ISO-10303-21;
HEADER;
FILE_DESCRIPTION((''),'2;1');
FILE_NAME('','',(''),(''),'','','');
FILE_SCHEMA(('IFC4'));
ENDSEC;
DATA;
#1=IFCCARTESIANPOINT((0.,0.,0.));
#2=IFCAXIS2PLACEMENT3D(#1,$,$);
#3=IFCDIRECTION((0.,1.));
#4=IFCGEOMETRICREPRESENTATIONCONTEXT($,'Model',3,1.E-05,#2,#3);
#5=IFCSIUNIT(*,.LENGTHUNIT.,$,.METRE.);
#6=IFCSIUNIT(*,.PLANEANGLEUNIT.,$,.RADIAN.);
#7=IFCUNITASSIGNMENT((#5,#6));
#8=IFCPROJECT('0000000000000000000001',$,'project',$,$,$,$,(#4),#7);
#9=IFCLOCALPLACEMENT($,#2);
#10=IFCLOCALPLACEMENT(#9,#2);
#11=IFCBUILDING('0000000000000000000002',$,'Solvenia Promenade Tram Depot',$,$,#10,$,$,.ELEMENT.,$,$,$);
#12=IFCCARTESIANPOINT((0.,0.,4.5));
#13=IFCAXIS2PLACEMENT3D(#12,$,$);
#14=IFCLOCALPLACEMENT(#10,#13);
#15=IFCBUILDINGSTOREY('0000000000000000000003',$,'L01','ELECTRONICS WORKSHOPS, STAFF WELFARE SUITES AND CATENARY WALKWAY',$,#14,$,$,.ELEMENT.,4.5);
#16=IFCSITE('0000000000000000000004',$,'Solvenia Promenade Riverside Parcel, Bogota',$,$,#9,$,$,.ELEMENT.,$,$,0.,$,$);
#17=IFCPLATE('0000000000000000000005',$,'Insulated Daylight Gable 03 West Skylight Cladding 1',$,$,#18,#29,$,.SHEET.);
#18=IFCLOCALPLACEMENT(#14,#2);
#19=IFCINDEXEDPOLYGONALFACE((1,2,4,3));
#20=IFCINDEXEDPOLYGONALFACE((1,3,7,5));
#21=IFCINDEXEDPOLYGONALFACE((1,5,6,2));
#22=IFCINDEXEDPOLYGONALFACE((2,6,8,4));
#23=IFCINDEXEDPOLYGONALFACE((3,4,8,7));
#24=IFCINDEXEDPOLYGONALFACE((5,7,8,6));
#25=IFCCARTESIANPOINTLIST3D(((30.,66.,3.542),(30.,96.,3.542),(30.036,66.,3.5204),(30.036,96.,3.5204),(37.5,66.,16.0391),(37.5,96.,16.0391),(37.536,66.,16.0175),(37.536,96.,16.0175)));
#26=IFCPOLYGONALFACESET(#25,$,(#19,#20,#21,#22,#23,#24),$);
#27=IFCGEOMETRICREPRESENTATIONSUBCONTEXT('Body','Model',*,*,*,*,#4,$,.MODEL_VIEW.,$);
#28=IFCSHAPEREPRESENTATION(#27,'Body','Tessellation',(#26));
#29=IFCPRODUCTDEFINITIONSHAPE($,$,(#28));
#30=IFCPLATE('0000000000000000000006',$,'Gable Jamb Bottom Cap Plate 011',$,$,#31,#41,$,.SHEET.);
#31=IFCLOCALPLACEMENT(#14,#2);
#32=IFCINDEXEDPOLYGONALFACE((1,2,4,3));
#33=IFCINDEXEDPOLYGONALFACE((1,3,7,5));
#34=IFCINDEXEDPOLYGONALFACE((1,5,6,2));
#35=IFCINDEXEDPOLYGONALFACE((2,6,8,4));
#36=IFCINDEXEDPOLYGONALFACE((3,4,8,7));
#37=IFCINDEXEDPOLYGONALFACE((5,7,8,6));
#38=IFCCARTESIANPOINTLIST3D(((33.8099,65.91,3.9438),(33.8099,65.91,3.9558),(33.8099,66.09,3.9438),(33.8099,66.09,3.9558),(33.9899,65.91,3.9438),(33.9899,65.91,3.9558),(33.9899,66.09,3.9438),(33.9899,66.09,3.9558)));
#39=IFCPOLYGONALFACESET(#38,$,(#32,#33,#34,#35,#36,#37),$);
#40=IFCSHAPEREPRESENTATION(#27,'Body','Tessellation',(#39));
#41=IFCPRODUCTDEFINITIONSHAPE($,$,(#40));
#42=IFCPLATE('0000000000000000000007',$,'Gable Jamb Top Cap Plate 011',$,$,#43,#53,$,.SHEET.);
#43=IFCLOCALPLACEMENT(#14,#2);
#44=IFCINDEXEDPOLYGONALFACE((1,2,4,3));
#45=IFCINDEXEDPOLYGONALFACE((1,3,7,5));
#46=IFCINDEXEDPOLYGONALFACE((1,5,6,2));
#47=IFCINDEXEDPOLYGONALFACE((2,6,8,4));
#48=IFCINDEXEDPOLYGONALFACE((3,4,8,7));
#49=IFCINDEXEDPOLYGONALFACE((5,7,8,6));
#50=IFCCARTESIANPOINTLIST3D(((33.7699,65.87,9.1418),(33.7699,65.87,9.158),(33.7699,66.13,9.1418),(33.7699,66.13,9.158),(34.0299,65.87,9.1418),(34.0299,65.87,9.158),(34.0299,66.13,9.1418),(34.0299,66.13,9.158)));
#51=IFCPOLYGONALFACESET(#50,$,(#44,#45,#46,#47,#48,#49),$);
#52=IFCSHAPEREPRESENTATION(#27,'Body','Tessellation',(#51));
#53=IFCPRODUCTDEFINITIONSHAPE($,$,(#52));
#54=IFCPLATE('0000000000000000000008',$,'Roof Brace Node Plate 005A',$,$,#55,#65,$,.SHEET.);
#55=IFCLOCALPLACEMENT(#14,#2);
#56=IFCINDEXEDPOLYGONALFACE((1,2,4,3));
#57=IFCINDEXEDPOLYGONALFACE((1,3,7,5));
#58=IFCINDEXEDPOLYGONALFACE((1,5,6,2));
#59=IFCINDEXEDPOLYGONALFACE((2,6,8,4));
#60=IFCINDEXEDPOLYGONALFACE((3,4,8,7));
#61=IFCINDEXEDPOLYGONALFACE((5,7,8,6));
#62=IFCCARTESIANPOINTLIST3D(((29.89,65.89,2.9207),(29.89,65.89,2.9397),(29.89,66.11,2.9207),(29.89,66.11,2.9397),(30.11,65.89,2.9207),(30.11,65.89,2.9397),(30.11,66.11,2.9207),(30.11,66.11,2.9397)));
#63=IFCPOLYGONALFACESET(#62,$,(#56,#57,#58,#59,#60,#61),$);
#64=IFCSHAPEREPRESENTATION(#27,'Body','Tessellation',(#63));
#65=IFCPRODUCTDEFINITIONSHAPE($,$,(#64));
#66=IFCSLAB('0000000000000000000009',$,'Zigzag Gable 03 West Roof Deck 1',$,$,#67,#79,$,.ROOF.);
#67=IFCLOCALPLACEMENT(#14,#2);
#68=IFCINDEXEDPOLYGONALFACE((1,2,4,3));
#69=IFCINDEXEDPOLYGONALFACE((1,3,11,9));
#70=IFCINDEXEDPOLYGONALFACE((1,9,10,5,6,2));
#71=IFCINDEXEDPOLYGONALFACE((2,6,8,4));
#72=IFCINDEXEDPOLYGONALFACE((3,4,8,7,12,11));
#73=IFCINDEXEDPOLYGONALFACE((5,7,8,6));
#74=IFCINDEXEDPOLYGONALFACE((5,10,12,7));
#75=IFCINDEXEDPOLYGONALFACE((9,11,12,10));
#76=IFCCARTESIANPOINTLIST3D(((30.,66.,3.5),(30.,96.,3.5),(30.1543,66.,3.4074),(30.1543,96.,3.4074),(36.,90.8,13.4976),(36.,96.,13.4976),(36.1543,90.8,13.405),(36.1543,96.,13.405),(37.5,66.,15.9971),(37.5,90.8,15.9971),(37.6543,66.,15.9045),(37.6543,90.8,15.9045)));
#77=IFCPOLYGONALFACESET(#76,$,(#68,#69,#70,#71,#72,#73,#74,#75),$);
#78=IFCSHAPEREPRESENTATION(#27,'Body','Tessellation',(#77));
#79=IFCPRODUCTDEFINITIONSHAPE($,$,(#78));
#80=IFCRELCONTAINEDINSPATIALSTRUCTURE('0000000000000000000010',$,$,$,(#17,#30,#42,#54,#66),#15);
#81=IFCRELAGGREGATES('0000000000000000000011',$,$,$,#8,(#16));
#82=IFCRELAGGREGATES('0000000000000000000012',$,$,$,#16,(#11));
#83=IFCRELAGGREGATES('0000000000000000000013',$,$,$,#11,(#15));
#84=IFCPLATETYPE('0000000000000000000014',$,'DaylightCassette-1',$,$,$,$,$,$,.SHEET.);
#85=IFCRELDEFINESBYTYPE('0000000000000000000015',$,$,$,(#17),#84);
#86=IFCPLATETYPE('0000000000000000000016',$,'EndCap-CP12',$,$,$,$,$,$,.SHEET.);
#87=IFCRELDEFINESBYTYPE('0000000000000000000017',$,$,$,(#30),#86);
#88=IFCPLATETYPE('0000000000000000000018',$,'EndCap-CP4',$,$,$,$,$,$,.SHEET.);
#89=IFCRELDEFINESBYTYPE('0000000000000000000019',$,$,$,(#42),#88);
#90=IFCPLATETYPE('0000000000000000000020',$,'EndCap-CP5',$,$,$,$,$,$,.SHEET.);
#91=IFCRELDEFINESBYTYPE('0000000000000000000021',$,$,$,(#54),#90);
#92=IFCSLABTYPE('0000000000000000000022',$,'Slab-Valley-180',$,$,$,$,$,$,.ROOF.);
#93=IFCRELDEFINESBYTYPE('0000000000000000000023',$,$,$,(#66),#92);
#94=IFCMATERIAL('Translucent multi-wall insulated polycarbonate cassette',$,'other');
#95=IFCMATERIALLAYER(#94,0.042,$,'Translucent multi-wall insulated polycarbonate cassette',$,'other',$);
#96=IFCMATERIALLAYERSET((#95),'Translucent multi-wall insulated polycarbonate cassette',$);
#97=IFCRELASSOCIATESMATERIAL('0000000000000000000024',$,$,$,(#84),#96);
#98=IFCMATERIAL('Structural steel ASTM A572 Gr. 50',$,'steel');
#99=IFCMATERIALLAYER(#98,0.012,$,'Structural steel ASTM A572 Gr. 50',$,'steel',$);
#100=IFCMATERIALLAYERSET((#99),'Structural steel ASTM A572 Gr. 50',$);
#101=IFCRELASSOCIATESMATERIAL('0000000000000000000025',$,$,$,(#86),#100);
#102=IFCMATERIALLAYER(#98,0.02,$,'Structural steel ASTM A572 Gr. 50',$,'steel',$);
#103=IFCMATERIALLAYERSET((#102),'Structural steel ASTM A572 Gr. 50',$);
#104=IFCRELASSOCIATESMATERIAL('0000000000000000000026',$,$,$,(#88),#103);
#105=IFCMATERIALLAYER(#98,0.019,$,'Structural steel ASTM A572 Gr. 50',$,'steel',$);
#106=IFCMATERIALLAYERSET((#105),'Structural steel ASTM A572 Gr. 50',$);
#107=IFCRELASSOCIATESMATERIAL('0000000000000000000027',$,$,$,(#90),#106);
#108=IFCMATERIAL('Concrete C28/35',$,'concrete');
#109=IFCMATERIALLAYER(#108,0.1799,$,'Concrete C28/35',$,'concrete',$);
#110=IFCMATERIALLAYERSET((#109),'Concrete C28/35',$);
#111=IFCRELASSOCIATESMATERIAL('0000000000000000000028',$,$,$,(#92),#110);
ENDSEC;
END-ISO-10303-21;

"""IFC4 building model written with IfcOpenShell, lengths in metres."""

from ifc_helpers import new_model, si_unit, direction, frame, origin, origin_2d, place, context, subcontext, project, spatial, polyline, rectangle, outline, extrude, material, layer, layer_set, type_object, element, save


model = new_model("IFC4")

# Units and contexts
model_context = context("Model", 3, precision=1e-05, world=origin(), true_north=direction((0.0, 1.0)))
body_context = subcontext(model_context, "Body", "Model", "MODEL_VIEW")
ifc_project = project(units=[si_unit("LENGTHUNIT", "METRE"), si_unit("PLANEANGLEUNIT", "RADIAN")], contexts=[model_context])

# Site, building, storey
site_placement = place(None, origin())
site = spatial("IfcSite", under=ifc_project, at=site_placement, Name="Solvenia Promenade Riverside Parcel, Bogota", CompositionType="ELEMENT", RefElevation=0.0)
building_placement = place(site_placement, origin())
building = spatial("IfcBuilding", under=site, at=building_placement, Name="Solvenia Promenade Tram Depot", CompositionType="ELEMENT")
storey_placement = place(building_placement, frame((0.0, 0.0, 4.5)))
storey = spatial("IfcBuildingStorey", under=building, at=storey_placement, Name="L01", Description="ELECTRONICS WORKSHOPS, STAFF WELFARE SUITES AND CATENARY WALKWAY", CompositionType="ELEMENT", Elevation=4.5)

# Plates
ifc_material_1 = material(Name="Translucent multi-wall insulated polycarbonate cassette", Category="other")
ifc_layer_1 = layer(ifc_material_1, 0.042, Name="Translucent multi-wall insulated polycarbonate cassette", Category="other")
ifc_layer_set_1 = layer_set([ifc_layer_1], Name="Translucent multi-wall insulated polycarbonate cassette")
plate_type_1 = type_object("IfcPlateType", Name="DaylightCassette-1", PredefinedType="SHEET", material=ifc_layer_set_1)
plate_1_placement = place(storey_placement, frame((30.0, 66.0, 3.542), z_axis=(-0.85744, 0.0, 0.514584), x_axis=(0.0, 1.0, 0.0)))
element("IfcPlate", 1, at=plate_1_placement, inside=storey, type_object=plate_type_1, Name="Insulated Daylight Gable 03 West Skylight Cladding 1", PredefinedType="SHEET", context=body_context, shape_type="SweptSolid", body=[
    extrude(outline(polyline([(0.0, 0.0), (30.0, 0.0), (30.0, -14.5749), (0.0, -14.5749), (0.0, 0.0)])), origin(), (0.0, 0.0, -1.0), 0.042),
])
ifc_material_2 = material(Name="Structural steel ASTM A572 Gr. 50", Category="steel")
ifc_layer_2 = layer(ifc_material_2, 0.012, Name="Structural steel ASTM A572 Gr. 50", Category="steel")
ifc_layer_set_2 = layer_set([ifc_layer_2], Name="Structural steel ASTM A572 Gr. 50")
plate_type_2 = type_object("IfcPlateType", Name="EndCap-CP12", PredefinedType="SHEET", material=ifc_layer_set_2)
plate_2_placement = place(storey_placement, frame((33.8999, 66.0, 3.9438), z_axis=(0.0, 0.0, 1.0), x_axis=(1.0, 0.0, 0.0)))
element("IfcPlate", 2, at=plate_2_placement, inside=storey, type_object=plate_type_2, Name="Gable Jamb Bottom Cap Plate 011", PredefinedType="SHEET", context=body_context, shape_type="SweptSolid", body=[
    extrude(rectangle(XDim=0.1799, YDim=0.1799, at=origin_2d()), origin(), (0.0, 0.0, 1.0), 0.012),
])
ifc_layer_3 = layer(ifc_material_2, 0.02, Name="Structural steel ASTM A572 Gr. 50", Category="steel")
ifc_layer_set_3 = layer_set([ifc_layer_3], Name="Structural steel ASTM A572 Gr. 50")
plate_type_3 = type_object("IfcPlateType", Name="EndCap-CP4", PredefinedType="SHEET", material=ifc_layer_set_3)
plate_3_placement = place(storey_placement, frame((33.8999, 66.0, 9.1418), z_axis=(0.0, 0.0, 1.0), x_axis=(1.0, 0.0, 0.0)))
element("IfcPlate", 3, at=plate_3_placement, inside=storey, type_object=plate_type_3, Name="Gable Jamb Top Cap Plate 011", PredefinedType="SHEET", context=body_context, shape_type="SweptSolid", body=[
    extrude(rectangle(XDim=0.26, YDim=0.26, at=origin_2d()), origin(), (0.0, 0.0, 1.0), 0.0161),
])
ifc_layer_4 = layer(ifc_material_2, 0.019, Name="Structural steel ASTM A572 Gr. 50", Category="steel")
ifc_layer_set_4 = layer_set([ifc_layer_4], Name="Structural steel ASTM A572 Gr. 50")
plate_type_4 = type_object("IfcPlateType", Name="EndCap-CP5", PredefinedType="SHEET", material=ifc_layer_set_4)
plate_4_placement = place(storey_placement, frame((30.0, 66.0, 2.9207), z_axis=(0.0, 0.0, 1.0), x_axis=(1.0, 0.0, 0.0)))
element("IfcPlate", 4, at=plate_4_placement, inside=storey, type_object=plate_type_4, Name="Roof Brace Node Plate 005A", PredefinedType="SHEET", context=body_context, shape_type="SweptSolid", body=[
    extrude(rectangle(XDim=0.22, YDim=0.22, at=origin_2d()), origin(), (0.0, 0.0, 1.0), 0.019),
])

# Slab
ifc_material_3 = material(Name="Concrete C28/35", Category="concrete")
ifc_layer_5 = layer(ifc_material_3, 0.1799, Name="Concrete C28/35", Category="concrete")
ifc_layer_set_5 = layer_set([ifc_layer_5], Name="Concrete C28/35")
slab_type = type_object("IfcSlabType", Name="Slab-Valley-180", PredefinedType="ROOF", material=ifc_layer_set_5)
slab_placement = place(storey_placement, frame((30.0, 66.0, 3.5), z_axis=(-0.857439, 0.000001, 0.514585), x_axis=(0.000001, 1.0, 0.0)))
element("IfcSlab", 5, at=slab_placement, inside=storey, type_object=slab_type, Name="Zigzag Gable 03 West Roof Deck 1", PredefinedType="ROOF", context=body_context, shape_type="SweptSolid", body=[
    extrude(outline(polyline([(0.0, 0.0), (30.0, 0.0), (30.0, -11.6598), (24.8, -11.6598), (24.8, -14.5749), (0.0, -14.5749), (0.0, 0.0)])), origin(), (0.0, 0.0, -1.0), 0.1799),
])

save(model, "model.ifc")
